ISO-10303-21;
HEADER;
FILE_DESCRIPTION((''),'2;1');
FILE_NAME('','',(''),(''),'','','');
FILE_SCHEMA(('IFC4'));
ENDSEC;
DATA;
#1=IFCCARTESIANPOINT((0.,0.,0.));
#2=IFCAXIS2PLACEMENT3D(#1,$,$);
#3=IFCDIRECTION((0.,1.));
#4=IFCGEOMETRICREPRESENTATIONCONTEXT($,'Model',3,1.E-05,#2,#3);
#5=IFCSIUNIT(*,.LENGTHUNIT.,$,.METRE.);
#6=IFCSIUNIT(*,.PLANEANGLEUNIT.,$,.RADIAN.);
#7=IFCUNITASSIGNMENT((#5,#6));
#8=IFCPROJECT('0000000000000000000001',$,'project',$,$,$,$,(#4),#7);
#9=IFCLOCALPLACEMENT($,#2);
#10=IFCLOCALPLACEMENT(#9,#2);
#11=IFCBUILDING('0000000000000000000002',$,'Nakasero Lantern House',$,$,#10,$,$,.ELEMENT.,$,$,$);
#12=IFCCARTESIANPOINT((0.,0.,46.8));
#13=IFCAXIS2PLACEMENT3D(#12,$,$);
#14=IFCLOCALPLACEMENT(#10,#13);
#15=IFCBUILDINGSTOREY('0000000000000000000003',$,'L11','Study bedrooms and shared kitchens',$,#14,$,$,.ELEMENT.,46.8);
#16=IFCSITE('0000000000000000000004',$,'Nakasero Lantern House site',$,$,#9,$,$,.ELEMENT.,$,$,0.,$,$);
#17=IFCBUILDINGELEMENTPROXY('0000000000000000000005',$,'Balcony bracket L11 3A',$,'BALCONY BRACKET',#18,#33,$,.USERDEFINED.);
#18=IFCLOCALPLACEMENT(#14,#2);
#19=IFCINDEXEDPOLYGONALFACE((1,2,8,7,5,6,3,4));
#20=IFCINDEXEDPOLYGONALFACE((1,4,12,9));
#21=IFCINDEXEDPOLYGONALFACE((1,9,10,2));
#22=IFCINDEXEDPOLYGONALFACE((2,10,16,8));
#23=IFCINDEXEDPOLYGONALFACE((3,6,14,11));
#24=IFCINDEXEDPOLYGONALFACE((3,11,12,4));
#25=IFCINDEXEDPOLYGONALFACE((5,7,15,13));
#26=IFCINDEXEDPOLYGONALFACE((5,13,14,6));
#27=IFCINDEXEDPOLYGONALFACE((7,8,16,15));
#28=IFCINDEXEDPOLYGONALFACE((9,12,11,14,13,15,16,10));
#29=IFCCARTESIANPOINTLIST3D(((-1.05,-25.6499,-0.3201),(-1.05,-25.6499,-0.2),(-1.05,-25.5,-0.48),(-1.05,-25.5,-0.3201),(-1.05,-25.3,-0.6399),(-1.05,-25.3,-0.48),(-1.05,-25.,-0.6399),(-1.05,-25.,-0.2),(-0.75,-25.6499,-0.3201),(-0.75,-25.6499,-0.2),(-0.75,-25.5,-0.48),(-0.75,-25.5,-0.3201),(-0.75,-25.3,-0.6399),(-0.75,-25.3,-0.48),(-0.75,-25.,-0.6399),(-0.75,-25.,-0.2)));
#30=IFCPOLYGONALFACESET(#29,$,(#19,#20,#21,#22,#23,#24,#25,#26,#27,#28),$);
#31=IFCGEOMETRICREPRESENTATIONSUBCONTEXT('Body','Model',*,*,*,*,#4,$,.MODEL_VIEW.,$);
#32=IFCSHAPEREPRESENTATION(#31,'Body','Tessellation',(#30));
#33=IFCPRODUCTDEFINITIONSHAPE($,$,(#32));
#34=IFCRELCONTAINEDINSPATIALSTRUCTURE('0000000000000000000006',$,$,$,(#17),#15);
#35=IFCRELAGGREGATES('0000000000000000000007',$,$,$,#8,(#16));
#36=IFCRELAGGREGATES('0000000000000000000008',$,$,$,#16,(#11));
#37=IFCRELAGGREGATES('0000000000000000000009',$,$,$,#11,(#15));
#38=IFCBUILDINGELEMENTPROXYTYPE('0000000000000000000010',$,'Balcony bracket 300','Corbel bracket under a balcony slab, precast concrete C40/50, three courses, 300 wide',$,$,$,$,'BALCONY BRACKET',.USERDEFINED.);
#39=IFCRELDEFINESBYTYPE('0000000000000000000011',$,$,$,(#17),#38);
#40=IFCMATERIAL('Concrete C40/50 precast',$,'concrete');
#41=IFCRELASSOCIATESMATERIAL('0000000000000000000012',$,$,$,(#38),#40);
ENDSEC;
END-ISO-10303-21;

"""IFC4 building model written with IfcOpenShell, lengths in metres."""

from ifc_helpers import new_model, si_unit, direction, frame, origin, place, context, subcontext, project, spatial, polyline, outline, extrude, material, type_object, element, save


model = new_model("IFC4")

# Units and contexts
model_context = context("Model", 3, precision=1e-05, world=origin(), true_north=direction((0.0, 1.0)))
body_context = subcontext(model_context, "Body", "Model", "MODEL_VIEW")
ifc_project = project(units=[si_unit("LENGTHUNIT", "METRE"), si_unit("PLANEANGLEUNIT", "RADIAN")], contexts=[model_context])

# Site, building, storey
site_placement = place(None, origin())
site = spatial("IfcSite", under=ifc_project, at=site_placement, Name="Nakasero Lantern House site", CompositionType="ELEMENT", RefElevation=0.0)
building_placement = place(site_placement, origin())
building = spatial("IfcBuilding", under=site, at=building_placement, Name="Nakasero Lantern House", CompositionType="ELEMENT")
storey_placement = place(building_placement, frame((0.0, 0.0, 46.8)))
storey = spatial("IfcBuildingStorey", under=building, at=storey_placement, Name="L11", Description="Study bedrooms and shared kitchens", CompositionType="ELEMENT", Elevation=46.8)

# Building element proxy
ifc_material_1 = material(Name="Concrete C40/50 precast", Category="concrete")
building_element_proxy_type = type_object("IfcBuildingElementProxyType", Name="Balcony bracket 300", Description="Corbel bracket under a balcony slab, precast concrete C40/50, three courses, 300 wide", ElementType="BALCONY BRACKET", PredefinedType="USERDEFINED", material=ifc_material_1)
proxy_placement = place(storey_placement, frame((-0.8999, -25.0, -0.2), z_axis=(0.0, 0.0, 1.0), x_axis=(0.0, -1.0, 0.0)))
element("IfcBuildingElementProxy", 1, at=proxy_placement, inside=storey, type_object=building_element_proxy_type, Name="Balcony bracket L11 3A", ObjectType="BALCONY BRACKET", PredefinedType="USERDEFINED", context=body_context, shape_type="SweptSolid", body=[
    extrude(outline(polyline([(0.0, 0.0), (0.6499, 0.0), (0.6499, -0.1201), (0.5, -0.1201), (0.5, -0.28), (0.3, -0.28), (0.3, -0.4399), (0.0, -0.4399), (0.0, 0.0)])), frame((0.0, 0.1499, 0.0), z_axis=(0.0, -1.0, 0.0), x_axis=(1.0, 0.0, 0.0)), (0.0, 0.0, 1.0), 0.3),
])

save(model, "model.ifc")
